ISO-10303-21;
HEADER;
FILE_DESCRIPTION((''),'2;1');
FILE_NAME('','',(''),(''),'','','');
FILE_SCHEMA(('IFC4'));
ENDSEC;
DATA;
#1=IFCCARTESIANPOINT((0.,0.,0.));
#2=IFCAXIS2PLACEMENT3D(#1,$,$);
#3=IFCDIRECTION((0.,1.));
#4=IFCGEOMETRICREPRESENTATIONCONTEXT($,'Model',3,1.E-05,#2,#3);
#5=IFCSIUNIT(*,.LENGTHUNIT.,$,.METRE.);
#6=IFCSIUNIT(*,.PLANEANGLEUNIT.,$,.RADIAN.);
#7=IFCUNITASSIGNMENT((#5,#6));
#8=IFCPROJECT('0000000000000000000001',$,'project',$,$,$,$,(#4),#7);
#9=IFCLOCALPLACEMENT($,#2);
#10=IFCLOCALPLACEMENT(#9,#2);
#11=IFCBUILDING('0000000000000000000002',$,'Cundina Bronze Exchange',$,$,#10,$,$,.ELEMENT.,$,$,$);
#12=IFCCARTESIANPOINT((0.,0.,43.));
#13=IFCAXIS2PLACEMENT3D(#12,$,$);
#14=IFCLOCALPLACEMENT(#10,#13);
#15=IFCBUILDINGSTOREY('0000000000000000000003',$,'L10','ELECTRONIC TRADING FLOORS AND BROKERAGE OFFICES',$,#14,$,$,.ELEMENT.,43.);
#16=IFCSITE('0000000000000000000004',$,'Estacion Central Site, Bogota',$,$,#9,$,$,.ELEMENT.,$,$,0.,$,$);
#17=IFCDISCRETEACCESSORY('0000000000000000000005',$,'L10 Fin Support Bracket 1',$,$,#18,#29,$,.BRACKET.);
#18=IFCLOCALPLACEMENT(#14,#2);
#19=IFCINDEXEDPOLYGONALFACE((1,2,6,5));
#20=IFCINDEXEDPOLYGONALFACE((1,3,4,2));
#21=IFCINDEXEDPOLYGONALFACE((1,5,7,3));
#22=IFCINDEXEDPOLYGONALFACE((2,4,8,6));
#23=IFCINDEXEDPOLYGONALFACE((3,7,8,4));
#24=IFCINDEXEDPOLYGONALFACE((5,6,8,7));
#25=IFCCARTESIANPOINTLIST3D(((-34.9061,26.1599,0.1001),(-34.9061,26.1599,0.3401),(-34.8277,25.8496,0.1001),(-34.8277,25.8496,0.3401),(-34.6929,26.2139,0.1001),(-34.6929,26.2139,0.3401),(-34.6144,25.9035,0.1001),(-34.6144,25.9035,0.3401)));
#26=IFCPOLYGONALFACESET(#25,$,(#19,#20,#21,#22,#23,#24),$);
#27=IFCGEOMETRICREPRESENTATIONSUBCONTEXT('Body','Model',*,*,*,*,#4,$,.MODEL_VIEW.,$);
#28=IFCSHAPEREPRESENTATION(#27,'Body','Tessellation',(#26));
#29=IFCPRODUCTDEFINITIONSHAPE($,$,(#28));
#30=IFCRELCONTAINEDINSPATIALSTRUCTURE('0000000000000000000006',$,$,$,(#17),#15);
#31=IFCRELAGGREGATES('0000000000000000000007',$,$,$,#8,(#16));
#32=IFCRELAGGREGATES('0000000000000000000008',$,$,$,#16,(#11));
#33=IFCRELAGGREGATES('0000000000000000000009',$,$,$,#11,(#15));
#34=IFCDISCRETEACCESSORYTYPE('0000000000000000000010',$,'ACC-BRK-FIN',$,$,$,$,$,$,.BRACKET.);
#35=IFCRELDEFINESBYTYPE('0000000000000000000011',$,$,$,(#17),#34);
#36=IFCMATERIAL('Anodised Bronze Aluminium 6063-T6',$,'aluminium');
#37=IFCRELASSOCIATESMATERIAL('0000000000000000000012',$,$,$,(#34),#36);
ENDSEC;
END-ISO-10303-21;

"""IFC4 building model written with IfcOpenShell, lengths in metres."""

from ifc_helpers import new_model, si_unit, direction, frame, origin, origin_2d, place, context, subcontext, project, spatial, rectangle, extrude, material, type_object, element, save


model = new_model("IFC4")

# Units and contexts
model_context = context("Model", 3, precision=1e-05, world=origin(), true_north=direction((0.0, 1.0)))
body_context = subcontext(model_context, "Body", "Model", "MODEL_VIEW")
ifc_project = project(units=[si_unit("LENGTHUNIT", "METRE"), si_unit("PLANEANGLEUNIT", "RADIAN")], contexts=[model_context])

# Site, building, storey
site_placement = place(None, origin())
site = spatial("IfcSite", under=ifc_project, at=site_placement, Name="Estacion Central Site, Bogota", CompositionType="ELEMENT", RefElevation=0.0)
building_placement = place(site_placement, origin())
building = spatial("IfcBuilding", under=site, at=building_placement, Name="Cundina Bronze Exchange", CompositionType="ELEMENT")
storey_placement = place(building_placement, frame((0.0, 0.0, 43.0)))
storey = spatial("IfcBuildingStorey", under=building, at=storey_placement, Name="L10", Description="ELECTRONIC TRADING FLOORS AND BROKERAGE OFFICES", CompositionType="ELEMENT", Elevation=43.0)

# Shared definitions
ifc_material_1 = material(Name="Anodised Bronze Aluminium 6063-T6", Category="aluminium")

# Discrete accessory
discrete_accessory_type = type_object("IfcDiscreteAccessoryType", Name="ACC-BRK-FIN", PredefinedType="BRACKET", material=ifc_material_1)
discrete_accessory_placement = place(storey_placement, frame((-34.7603, 26.0317, 0.1001), z_axis=(0.0, 0.0, 1.0), x_axis=(-0.969488, -0.245138, 0.0)))
element("IfcDiscreteAccessory", 1, at=discrete_accessory_placement, inside=storey, type_object=discrete_accessory_type, Name="L10 Fin Support Bracket 1", PredefinedType="BRACKET", context=body_context, shape_type="SweptSolid", body=[
    extrude(rectangle(XDim=0.22, YDim=0.3201, at=origin_2d()), origin(), (0.0, 0.0, 1.0), 0.24),
])

save(model, "model.ifc")
